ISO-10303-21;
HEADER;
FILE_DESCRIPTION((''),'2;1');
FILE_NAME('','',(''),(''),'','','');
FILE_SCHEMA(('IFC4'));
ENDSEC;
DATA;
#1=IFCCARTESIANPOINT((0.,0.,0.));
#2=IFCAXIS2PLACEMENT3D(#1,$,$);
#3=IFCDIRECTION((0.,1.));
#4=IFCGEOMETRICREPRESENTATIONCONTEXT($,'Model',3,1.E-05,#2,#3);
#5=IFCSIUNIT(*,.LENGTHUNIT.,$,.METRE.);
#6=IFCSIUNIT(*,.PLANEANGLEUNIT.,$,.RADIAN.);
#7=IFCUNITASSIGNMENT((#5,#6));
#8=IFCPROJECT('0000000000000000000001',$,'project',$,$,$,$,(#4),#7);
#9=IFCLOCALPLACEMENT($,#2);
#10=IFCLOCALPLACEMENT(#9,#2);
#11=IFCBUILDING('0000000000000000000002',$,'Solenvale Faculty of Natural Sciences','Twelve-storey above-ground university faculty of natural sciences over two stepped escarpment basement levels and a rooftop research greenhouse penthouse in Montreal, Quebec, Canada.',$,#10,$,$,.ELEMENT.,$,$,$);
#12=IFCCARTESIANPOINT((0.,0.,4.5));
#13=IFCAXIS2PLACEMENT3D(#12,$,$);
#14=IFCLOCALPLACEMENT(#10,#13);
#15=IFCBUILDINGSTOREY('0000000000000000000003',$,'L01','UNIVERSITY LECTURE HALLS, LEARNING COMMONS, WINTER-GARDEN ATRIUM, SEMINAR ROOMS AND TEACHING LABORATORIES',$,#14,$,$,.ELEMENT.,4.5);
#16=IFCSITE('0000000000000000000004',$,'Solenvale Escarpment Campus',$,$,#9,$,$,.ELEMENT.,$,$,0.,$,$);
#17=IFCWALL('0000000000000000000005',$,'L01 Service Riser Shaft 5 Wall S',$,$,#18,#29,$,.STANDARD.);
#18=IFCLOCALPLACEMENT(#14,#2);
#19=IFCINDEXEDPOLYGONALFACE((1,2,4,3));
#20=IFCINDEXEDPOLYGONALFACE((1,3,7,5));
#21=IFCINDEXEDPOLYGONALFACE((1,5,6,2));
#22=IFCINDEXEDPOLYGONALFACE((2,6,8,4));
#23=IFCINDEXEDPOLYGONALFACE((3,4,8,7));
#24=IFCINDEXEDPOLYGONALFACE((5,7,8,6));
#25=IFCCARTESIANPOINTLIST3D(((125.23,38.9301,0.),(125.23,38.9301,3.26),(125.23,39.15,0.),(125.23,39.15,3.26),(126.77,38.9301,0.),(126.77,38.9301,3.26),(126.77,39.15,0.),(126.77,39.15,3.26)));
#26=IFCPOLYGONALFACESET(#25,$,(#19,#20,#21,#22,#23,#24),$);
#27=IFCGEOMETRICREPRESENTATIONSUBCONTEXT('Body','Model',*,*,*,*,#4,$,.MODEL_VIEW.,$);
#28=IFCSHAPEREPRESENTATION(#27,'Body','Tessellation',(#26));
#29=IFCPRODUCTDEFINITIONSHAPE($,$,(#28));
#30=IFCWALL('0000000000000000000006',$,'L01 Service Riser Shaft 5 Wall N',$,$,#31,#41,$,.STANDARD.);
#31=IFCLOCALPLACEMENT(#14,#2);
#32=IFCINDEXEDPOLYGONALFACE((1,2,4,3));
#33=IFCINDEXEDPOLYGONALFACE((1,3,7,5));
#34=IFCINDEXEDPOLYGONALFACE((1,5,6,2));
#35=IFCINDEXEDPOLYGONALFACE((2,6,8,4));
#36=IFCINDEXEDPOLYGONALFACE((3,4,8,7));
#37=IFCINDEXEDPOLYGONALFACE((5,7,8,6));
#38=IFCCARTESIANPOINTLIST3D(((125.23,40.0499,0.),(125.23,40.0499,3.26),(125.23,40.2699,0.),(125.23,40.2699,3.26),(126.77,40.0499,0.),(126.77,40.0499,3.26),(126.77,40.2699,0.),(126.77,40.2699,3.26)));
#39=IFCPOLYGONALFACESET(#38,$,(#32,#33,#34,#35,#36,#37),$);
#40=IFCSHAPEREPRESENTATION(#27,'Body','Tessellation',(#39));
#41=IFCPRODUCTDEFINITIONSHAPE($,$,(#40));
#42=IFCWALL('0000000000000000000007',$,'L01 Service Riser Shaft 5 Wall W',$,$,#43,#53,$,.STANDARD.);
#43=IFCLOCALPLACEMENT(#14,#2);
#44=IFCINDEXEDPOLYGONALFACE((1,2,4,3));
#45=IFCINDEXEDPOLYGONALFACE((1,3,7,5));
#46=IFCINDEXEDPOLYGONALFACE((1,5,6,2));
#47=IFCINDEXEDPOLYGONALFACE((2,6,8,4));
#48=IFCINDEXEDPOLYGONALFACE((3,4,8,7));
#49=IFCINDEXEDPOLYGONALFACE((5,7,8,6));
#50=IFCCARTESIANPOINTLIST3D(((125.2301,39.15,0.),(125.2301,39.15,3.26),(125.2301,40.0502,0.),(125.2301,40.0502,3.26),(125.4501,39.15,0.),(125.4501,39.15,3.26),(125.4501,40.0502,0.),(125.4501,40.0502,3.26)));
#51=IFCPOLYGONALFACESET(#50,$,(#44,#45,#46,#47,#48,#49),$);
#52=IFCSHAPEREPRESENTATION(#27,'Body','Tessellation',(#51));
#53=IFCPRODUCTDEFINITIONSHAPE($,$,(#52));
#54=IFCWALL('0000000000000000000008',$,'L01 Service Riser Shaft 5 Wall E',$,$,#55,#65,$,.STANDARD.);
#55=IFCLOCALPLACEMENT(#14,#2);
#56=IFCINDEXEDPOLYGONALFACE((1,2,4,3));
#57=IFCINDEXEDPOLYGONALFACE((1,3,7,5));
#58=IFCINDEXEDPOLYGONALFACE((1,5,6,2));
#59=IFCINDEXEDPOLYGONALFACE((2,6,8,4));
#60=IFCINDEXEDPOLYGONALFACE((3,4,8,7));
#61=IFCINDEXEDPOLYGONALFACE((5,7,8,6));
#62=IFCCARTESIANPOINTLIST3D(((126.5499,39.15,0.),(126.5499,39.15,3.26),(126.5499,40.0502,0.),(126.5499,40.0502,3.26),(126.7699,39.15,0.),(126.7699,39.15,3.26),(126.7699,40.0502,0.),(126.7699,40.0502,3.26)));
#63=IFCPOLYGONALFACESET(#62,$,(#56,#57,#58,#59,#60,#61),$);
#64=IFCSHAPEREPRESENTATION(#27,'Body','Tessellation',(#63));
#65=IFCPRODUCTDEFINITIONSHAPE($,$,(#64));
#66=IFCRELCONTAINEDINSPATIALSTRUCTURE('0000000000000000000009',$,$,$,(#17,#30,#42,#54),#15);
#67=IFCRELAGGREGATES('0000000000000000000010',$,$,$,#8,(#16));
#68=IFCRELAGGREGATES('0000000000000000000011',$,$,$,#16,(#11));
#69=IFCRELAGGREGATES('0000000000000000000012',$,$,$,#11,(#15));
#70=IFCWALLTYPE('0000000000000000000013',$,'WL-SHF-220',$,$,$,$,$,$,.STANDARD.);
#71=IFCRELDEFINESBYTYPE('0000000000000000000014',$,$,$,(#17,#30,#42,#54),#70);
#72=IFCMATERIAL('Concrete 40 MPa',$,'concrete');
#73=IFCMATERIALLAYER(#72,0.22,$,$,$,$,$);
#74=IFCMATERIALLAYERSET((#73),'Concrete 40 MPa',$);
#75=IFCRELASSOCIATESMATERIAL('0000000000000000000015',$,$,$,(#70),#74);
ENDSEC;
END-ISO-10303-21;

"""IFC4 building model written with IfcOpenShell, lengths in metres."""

from ifc_helpers import new_model, si_unit, direction, frame, frame_2d, origin, place, context, subcontext, project, spatial, rectangle, extrude, material, layer, layer_set, type_object, element, save


model = new_model("IFC4")

# Units and contexts
model_context = context("Model", 3, precision=1e-05, world=origin(), true_north=direction((0.0, 1.0)))
body_context = subcontext(model_context, "Body", "Model", "MODEL_VIEW")
ifc_project = project(units=[si_unit("LENGTHUNIT", "METRE"), si_unit("PLANEANGLEUNIT", "RADIAN")], contexts=[model_context])

# Site, building, storey
site_placement = place(None, origin())
site = spatial("IfcSite", under=ifc_project, at=site_placement, Name="Solenvale Escarpment Campus", CompositionType="ELEMENT", RefElevation=0.0)
building_placement = place(site_placement, origin())
building = spatial("IfcBuilding", under=site, at=building_placement, Name="Solenvale Faculty of Natural Sciences", Description="Twelve-storey above-ground university faculty of natural sciences over two stepped escarpment basement levels and a rooftop research greenhouse penthouse in Montreal, Quebec, Canada.", CompositionType="ELEMENT")
storey_placement = place(building_placement, frame((0.0, 0.0, 4.5)))
storey = spatial("IfcBuildingStorey", under=building, at=storey_placement, Name="L01", Description="UNIVERSITY LECTURE HALLS, LEARNING COMMONS, WINTER-GARDEN ATRIUM, SEMINAR ROOMS AND TEACHING LABORATORIES", CompositionType="ELEMENT", Elevation=4.5)

# Shared definitions
ifc_material_1 = material(Name="Concrete 40 MPa", Category="concrete")

# Walls
ifc_layer_1 = layer(ifc_material_1, 0.22)
ifc_layer_set_1 = layer_set([ifc_layer_1], Name="Concrete 40 MPa")
wall_type_1 = type_object("IfcWallType", Name="WL-SHF-220", PredefinedType="STANDARD", material=ifc_layer_set_1)
for number, where, z_axis, x_axis, name in (
    (1, (125.23, 39.04, 0.0), (0.0, 0.0, 1.0), (1.0, 0.0, 0.0), "L01 Service Riser Shaft 5 Wall S"),
    (2, (125.23, 40.1599, 0.0), (0.0, 0.0, 1.0), (1.0, 0.0, 0.0), "L01 Service Riser Shaft 5 Wall N"),
):
    element("IfcWall", number, at=place(storey_placement, frame(where, z_axis=z_axis, x_axis=x_axis)), inside=storey, type_object=wall_type_1, Name=name, PredefinedType="STANDARD", context=body_context, shape_type="SweptSolid", body=[
        extrude(rectangle(XDim=1.54, YDim=0.22, at=frame_2d((0.77, 0.0))), origin(), (0.0, 0.0, 1.0), 3.26),
    ])
for number, where, z_axis, x_axis, name in (
    (3, (125.3401, 39.1499, 0.0), (0.0, 0.0, 1.0), (0.0, 1.0, 0.0), "L01 Service Riser Shaft 5 Wall W"),
    (4, (126.6599, 39.1499, 0.0), (0.0, 0.0, 1.0), (0.0, 1.0, 0.0), "L01 Service Riser Shaft 5 Wall E"),
):
    element("IfcWall", number, at=place(storey_placement, frame(where, z_axis=z_axis, x_axis=x_axis)), inside=storey, type_object=wall_type_1, Name=name, PredefinedType="STANDARD", context=body_context, shape_type="SweptSolid", body=[
        extrude(rectangle(XDim=0.9001, YDim=0.22, at=frame_2d((0.4502, 0.0))), origin(), (0.0, 0.0, 1.0), 3.26),
    ])

save(model, "model.ifc")
